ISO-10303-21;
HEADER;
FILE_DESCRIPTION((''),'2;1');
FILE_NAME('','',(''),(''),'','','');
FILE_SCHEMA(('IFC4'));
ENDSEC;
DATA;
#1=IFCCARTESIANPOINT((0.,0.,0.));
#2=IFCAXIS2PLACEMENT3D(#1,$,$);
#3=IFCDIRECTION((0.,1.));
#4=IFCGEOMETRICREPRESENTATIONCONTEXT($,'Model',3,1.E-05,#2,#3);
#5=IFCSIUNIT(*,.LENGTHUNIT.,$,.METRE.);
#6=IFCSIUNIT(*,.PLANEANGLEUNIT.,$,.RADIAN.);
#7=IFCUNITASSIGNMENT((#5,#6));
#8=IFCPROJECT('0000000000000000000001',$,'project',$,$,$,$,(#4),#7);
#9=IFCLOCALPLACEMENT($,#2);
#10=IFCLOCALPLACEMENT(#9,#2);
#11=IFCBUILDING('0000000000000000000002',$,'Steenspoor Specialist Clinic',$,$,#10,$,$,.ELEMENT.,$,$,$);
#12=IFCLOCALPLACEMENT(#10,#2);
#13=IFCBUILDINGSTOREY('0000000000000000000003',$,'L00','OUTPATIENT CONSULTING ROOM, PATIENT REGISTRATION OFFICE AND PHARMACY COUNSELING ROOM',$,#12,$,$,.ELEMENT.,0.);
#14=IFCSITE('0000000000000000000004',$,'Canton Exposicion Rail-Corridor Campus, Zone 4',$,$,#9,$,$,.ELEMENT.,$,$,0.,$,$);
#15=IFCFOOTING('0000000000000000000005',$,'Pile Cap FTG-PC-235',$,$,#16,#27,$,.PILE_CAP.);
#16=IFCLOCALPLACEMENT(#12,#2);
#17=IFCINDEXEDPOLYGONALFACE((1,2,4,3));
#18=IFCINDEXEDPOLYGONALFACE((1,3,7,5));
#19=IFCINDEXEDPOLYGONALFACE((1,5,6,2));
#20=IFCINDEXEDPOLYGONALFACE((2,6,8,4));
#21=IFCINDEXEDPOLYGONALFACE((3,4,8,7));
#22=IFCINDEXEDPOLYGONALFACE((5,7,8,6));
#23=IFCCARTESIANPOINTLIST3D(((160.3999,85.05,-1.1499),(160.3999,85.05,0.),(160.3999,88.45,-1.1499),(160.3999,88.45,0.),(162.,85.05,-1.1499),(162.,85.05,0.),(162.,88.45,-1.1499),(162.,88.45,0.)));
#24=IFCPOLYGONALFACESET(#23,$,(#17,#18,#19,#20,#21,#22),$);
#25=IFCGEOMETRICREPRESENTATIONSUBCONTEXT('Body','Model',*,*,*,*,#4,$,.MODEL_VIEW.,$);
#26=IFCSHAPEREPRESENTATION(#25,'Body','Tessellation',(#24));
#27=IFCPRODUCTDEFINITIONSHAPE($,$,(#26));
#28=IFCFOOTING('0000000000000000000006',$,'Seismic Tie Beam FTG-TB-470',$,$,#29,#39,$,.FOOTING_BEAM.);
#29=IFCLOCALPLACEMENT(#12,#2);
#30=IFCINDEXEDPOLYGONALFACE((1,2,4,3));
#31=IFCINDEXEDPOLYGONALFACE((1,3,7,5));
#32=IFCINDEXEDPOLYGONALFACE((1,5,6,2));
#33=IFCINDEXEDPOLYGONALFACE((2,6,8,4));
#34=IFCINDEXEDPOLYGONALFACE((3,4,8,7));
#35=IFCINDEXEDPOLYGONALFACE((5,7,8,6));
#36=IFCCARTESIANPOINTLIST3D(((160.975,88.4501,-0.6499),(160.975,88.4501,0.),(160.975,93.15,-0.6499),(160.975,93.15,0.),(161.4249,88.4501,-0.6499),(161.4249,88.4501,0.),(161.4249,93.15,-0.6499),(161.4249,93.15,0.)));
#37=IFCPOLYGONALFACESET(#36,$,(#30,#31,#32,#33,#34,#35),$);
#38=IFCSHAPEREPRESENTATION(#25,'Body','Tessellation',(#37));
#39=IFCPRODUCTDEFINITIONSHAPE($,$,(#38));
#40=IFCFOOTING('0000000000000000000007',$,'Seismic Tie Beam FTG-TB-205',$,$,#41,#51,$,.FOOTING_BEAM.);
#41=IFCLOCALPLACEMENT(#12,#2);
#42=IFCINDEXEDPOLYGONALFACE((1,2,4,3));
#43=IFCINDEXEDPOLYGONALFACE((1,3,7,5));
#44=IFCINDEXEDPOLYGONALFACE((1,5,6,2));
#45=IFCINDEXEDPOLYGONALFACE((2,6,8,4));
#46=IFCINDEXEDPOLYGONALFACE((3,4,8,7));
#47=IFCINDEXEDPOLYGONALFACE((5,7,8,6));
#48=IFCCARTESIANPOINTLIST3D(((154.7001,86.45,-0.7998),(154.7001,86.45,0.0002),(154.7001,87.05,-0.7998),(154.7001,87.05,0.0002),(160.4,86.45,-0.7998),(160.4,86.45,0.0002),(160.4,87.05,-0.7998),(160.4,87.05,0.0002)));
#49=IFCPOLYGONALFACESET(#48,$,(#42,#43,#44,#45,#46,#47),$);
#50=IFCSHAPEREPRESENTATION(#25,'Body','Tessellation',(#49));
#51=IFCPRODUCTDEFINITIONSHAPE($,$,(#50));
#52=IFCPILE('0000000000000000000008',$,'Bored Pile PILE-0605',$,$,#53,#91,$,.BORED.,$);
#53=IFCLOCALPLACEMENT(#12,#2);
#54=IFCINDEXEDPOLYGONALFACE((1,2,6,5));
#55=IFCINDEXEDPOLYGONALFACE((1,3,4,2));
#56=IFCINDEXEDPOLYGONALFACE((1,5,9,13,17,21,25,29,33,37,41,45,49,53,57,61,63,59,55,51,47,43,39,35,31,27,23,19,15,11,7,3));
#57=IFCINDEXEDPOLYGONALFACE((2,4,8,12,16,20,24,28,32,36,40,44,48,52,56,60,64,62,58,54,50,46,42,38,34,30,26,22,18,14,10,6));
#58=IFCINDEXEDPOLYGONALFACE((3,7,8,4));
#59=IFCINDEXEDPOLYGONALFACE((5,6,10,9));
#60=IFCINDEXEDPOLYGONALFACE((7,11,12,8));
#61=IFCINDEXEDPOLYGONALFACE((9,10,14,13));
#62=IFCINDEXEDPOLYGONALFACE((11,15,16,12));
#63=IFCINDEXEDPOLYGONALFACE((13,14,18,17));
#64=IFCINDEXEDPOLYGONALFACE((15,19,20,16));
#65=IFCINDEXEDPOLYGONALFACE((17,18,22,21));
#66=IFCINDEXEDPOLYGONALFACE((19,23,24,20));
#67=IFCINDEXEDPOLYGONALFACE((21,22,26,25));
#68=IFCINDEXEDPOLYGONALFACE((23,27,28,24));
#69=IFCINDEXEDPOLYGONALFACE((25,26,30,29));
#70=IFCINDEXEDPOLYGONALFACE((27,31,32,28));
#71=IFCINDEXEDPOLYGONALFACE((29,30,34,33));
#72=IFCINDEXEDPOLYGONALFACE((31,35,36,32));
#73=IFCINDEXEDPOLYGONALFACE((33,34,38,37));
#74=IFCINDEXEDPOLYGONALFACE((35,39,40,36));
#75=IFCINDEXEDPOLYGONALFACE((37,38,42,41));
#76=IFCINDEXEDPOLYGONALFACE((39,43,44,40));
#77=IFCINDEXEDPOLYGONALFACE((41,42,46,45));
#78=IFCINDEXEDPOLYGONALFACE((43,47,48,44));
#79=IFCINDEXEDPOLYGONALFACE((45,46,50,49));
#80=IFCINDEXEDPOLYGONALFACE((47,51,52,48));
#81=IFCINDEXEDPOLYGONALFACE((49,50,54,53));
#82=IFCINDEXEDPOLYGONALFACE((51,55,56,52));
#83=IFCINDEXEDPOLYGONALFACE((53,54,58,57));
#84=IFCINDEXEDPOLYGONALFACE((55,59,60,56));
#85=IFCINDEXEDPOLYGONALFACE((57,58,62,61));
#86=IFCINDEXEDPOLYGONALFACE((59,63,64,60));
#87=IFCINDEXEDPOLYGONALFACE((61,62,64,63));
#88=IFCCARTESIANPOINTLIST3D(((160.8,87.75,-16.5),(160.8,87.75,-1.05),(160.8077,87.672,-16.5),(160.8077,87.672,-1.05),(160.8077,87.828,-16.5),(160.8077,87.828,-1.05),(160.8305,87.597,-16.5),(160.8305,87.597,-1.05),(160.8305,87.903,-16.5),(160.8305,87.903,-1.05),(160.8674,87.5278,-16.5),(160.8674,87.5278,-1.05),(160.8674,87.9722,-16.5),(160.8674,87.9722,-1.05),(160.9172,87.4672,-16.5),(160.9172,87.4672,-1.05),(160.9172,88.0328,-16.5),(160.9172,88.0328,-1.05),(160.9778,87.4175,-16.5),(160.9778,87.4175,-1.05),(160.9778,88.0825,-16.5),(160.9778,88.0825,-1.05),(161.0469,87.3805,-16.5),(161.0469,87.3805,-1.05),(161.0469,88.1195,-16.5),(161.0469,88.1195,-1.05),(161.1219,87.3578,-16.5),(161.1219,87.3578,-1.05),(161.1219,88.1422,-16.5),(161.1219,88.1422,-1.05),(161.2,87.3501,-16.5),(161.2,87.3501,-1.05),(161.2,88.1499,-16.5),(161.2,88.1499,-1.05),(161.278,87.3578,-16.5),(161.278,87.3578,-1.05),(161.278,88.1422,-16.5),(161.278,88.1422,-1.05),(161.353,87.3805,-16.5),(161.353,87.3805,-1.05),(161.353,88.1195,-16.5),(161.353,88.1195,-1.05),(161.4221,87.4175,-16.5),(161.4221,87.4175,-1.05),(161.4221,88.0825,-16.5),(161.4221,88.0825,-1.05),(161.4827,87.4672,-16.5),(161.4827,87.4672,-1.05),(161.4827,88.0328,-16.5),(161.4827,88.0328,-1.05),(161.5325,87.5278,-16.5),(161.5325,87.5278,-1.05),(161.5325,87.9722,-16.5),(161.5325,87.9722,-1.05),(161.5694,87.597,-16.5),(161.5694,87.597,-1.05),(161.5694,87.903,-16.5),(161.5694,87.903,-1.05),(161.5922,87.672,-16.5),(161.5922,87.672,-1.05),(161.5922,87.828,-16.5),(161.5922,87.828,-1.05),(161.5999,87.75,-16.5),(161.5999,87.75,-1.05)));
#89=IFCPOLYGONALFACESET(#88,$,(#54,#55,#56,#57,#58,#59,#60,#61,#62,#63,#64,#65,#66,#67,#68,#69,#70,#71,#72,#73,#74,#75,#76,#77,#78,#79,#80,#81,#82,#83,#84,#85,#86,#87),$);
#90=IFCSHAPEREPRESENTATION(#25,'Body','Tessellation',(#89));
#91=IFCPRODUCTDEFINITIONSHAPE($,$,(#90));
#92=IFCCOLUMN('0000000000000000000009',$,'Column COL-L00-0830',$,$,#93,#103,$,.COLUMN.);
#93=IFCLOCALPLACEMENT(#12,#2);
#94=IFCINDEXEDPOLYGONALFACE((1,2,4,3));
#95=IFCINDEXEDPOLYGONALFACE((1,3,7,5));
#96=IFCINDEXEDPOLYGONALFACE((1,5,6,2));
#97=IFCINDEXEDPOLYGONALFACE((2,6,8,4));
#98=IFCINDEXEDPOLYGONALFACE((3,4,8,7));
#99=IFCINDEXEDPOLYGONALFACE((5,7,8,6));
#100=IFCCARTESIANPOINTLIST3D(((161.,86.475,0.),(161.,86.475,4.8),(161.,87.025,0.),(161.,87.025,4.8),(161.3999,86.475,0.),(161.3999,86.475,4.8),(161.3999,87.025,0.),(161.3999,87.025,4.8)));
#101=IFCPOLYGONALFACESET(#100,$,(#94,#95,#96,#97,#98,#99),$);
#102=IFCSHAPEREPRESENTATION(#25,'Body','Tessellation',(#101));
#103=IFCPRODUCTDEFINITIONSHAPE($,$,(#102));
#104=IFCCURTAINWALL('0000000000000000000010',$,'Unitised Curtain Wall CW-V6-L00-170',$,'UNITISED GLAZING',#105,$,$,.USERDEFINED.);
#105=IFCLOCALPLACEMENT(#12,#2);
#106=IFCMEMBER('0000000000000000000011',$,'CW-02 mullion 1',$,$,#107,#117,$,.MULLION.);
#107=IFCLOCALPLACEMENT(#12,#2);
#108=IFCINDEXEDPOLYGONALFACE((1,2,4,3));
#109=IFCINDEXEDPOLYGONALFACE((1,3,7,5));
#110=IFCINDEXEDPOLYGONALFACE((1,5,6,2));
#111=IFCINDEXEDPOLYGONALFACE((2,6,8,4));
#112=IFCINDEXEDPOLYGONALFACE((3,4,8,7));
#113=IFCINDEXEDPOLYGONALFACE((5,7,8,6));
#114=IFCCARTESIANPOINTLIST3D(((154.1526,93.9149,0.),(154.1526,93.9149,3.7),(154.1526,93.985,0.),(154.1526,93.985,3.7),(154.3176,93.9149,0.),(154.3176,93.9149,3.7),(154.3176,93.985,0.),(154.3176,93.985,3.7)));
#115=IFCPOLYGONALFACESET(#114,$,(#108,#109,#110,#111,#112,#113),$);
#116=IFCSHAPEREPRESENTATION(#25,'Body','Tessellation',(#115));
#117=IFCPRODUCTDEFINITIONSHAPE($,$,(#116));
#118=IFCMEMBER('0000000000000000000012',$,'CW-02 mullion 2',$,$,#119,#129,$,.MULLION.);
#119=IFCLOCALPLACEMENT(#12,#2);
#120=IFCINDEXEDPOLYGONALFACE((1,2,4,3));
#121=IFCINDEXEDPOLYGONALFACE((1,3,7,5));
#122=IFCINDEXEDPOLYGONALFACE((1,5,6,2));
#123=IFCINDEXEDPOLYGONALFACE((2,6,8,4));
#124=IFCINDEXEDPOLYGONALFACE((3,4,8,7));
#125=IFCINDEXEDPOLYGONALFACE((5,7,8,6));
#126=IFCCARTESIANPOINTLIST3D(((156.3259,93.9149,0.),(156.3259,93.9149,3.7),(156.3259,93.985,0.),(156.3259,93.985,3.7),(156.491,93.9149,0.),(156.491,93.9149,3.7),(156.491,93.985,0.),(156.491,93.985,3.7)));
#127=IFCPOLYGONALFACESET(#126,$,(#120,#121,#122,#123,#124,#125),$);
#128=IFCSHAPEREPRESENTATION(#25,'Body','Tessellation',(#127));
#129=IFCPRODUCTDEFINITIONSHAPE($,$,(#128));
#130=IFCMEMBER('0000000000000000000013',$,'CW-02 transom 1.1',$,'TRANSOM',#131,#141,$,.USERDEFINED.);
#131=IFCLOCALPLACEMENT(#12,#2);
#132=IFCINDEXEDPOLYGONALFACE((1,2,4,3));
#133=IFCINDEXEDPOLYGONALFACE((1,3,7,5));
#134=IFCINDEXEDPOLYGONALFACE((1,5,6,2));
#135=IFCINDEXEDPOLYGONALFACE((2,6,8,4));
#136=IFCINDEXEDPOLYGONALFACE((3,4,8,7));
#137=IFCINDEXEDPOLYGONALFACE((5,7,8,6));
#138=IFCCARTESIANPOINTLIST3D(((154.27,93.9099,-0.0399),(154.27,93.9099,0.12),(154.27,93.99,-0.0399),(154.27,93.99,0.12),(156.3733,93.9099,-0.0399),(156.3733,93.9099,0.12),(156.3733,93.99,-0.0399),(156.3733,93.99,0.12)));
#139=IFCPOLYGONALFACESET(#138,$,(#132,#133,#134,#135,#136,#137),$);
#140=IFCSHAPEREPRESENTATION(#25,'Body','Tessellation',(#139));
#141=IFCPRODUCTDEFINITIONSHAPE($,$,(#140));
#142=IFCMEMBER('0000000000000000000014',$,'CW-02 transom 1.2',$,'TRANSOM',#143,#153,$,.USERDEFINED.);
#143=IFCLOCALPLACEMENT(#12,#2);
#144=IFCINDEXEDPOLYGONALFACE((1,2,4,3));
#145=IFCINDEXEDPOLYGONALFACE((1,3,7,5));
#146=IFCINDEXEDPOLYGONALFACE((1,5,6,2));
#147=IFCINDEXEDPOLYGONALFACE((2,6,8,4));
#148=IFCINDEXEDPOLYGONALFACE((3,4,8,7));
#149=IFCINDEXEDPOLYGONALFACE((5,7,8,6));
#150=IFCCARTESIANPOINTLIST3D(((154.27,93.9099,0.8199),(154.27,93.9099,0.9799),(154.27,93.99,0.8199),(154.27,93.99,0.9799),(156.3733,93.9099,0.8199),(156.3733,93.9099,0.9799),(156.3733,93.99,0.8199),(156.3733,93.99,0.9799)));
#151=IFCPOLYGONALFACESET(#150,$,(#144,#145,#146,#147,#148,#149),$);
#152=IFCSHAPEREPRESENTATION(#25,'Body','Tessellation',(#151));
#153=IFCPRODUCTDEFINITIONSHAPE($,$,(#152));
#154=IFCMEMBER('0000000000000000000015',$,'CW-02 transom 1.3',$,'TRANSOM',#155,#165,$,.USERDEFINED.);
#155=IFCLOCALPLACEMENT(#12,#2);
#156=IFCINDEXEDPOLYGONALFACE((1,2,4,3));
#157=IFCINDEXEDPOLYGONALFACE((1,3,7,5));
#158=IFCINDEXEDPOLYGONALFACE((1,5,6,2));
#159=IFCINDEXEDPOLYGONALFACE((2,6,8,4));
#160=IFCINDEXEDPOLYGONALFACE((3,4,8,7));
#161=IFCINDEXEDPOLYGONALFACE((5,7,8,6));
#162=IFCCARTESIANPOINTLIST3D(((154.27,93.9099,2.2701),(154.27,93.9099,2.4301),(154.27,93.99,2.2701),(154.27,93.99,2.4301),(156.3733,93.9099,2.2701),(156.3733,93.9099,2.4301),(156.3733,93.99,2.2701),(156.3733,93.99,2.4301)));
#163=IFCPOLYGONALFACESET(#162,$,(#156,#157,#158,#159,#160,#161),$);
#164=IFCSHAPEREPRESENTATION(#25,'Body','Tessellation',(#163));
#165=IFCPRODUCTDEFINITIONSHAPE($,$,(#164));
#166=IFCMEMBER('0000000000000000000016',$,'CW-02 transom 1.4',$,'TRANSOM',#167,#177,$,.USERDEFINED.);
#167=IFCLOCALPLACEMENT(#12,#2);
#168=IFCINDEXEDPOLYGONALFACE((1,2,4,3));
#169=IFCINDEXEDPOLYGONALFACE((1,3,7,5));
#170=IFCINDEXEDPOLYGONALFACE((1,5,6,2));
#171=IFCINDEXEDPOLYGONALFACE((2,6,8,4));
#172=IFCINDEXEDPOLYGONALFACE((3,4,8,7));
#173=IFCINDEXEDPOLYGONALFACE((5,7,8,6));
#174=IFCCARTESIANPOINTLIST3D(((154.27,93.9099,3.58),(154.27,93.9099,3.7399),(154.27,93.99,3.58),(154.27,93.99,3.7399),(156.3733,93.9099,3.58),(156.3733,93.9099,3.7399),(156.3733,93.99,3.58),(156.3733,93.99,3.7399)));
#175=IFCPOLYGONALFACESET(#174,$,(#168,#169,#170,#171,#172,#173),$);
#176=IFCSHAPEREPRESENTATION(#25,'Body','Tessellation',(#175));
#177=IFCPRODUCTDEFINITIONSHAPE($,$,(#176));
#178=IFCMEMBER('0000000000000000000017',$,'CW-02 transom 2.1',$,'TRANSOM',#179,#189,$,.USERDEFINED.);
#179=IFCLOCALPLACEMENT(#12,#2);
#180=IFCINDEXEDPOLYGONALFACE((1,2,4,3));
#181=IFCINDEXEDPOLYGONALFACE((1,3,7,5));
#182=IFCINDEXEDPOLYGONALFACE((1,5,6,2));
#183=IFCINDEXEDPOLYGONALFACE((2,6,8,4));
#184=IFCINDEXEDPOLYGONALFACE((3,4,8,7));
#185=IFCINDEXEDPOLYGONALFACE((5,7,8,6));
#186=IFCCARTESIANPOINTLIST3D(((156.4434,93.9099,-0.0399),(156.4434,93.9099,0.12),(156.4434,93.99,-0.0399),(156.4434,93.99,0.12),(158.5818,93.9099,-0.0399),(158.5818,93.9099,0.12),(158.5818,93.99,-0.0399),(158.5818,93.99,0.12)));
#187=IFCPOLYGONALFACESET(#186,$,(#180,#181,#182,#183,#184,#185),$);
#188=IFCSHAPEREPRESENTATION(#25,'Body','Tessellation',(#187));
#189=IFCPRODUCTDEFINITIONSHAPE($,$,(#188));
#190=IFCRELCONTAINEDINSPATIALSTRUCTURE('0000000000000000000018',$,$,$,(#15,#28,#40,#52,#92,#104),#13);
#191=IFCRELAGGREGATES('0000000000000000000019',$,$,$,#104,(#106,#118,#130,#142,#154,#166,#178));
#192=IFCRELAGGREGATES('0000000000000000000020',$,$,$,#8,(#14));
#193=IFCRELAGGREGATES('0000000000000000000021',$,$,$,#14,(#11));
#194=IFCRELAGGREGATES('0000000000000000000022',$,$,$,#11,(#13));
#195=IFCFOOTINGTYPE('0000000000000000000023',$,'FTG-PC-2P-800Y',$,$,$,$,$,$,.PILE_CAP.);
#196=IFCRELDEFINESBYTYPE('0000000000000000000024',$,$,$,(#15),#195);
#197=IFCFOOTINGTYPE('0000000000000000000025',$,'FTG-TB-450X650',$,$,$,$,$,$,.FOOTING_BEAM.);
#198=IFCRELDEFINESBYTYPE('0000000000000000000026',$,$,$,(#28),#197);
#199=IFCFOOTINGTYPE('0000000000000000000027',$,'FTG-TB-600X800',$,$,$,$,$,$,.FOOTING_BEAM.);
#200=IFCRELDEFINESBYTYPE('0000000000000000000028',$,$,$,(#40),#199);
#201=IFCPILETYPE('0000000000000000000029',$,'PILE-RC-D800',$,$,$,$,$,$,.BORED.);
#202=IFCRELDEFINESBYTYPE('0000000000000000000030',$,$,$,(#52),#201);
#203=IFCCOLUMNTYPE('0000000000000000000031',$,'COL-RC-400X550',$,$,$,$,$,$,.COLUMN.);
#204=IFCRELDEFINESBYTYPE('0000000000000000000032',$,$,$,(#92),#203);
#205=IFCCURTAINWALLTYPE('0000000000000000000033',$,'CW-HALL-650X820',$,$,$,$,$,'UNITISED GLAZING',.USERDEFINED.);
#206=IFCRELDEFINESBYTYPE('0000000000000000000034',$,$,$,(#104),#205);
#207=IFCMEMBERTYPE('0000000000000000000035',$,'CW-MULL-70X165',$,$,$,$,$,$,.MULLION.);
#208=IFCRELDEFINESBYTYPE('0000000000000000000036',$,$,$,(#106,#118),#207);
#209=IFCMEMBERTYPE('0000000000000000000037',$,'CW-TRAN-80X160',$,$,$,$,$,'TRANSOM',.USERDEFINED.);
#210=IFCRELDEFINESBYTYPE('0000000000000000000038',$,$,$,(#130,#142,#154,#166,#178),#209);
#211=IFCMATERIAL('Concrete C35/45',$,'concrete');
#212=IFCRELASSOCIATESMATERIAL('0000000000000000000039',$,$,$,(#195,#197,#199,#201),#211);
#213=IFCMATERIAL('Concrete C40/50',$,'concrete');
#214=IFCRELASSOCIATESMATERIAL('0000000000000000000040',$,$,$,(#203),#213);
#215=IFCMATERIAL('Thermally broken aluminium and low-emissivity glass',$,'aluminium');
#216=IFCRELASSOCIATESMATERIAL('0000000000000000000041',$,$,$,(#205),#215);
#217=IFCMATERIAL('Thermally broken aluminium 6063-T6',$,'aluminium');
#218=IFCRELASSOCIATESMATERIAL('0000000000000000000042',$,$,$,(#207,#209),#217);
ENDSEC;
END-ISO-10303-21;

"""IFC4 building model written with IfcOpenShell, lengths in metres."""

from ifc_helpers import new_model, si_unit, direction, frame, origin, origin_2d, place, context, subcontext, project, spatial, rectangle, circle, extrude, material, material_profile, profile_set, type_object, element, aggregate, save


model = new_model("IFC4")

# Units and contexts
model_context = context("Model", 3, precision=1e-05, world=origin(), true_north=direction((0.0, 1.0)))
body_context = subcontext(model_context, "Body", "Model", "MODEL_VIEW")
ifc_project = project(units=[si_unit("LENGTHUNIT", "METRE"), si_unit("PLANEANGLEUNIT", "RADIAN")], contexts=[model_context])

# Site, building, storey
site_placement = place(None, origin())
site = spatial("IfcSite", under=ifc_project, at=site_placement, Name="Canton Exposicion Rail-Corridor Campus, Zone 4", CompositionType="ELEMENT", RefElevation=0.0)
building_placement = place(site_placement, origin())
building = spatial("IfcBuilding", under=site, at=building_placement, Name="Steenspoor Specialist Clinic", CompositionType="ELEMENT")
storey_placement = place(building_placement, origin())
storey = spatial("IfcBuildingStorey", under=building, at=storey_placement, Name="L00", Description="OUTPATIENT CONSULTING ROOM, PATIENT REGISTRATION OFFICE AND PHARMACY COUNSELING ROOM", CompositionType="ELEMENT", Elevation=0.0)

# Footings
ifc_material_1 = material(Name="Concrete C35/45", Category="concrete")
footing_type_1 = type_object("IfcFootingType", Name="FTG-PC-2P-800Y", PredefinedType="PILE_CAP", material=ifc_material_1)
footing_1_placement = place(storey_placement, frame((161.2, 86.75, -1.1499), z_axis=(0.0, 0.0, 1.0), x_axis=(1.0, 0.0, 0.0)))
element("IfcFooting", 1, at=footing_1_placement, inside=storey, type_object=footing_type_1, Name="Pile Cap FTG-PC-235", PredefinedType="PILE_CAP", context=body_context, shape_type="SweptSolid", body=[
    extrude(rectangle(XDim=1.6001, YDim=3.3999, at=origin_2d()), origin(), (0.0, 0.0, 1.0), 1.1499),
])
footing_type_2 = type_object("IfcFootingType", Name="FTG-TB-450X650", PredefinedType="FOOTING_BEAM", material=ifc_material_1)
footing_2_placement = place(storey_placement, frame((161.2, 90.8, -0.6499), z_axis=(0.0, 0.0, 1.0), x_axis=(1.0, 0.0, 0.0)))
element("IfcFooting", 2, at=footing_2_placement, inside=storey, type_object=footing_type_2, Name="Seismic Tie Beam FTG-TB-470", PredefinedType="FOOTING_BEAM", context=body_context, shape_type="SweptSolid", body=[
    extrude(rectangle(XDim=0.45, YDim=4.7, at=origin_2d()), origin(), (0.0, 0.0, 1.0), 0.6499),
])
footing_type_3 = type_object("IfcFootingType", Name="FTG-TB-600X800", PredefinedType="FOOTING_BEAM", material=ifc_material_1)
footing_3_placement = place(storey_placement, frame((157.55, 86.75, -0.7998), z_axis=(0.0, 0.0, 1.0), x_axis=(1.0, 0.0, 0.0)))
element("IfcFooting", 3, at=footing_3_placement, inside=storey, type_object=footing_type_3, Name="Seismic Tie Beam FTG-TB-205", PredefinedType="FOOTING_BEAM", context=body_context, shape_type="SweptSolid", body=[
    extrude(rectangle(XDim=5.7, YDim=0.6001, at=origin_2d()), origin(), (0.0, 0.0, 1.0), 0.8),
])

# Pile
ifc_material_profile_1 = material_profile(ifc_material_1, circle(Radius=0.3999, at=origin_2d()), Name="PILE-D800")
ifc_profile_set_1 = profile_set([ifc_material_profile_1], Name="Concrete C35/45")
pile_type = type_object("IfcPileType", Name="PILE-RC-D800", PredefinedType="BORED", material=ifc_profile_set_1)
pile_placement = place(storey_placement, frame((161.2, 87.75, -1.05), z_axis=(0.0, 0.0, -1.0), x_axis=(1.0, 0.0, 0.0)))
element("IfcPile", 4, at=pile_placement, inside=storey, type_object=pile_type, Name="Bored Pile PILE-0605", PredefinedType="BORED", context=body_context, shape_type="SweptSolid", body=[
    extrude(circle(Radius=0.3999, at=origin_2d()), origin(), (0.0, 0.0, 1.0), 15.45),
])

# Column
ifc_material_2 = material(Name="Concrete C40/50", Category="concrete")
ifc_material_profile_2 = material_profile(ifc_material_2, rectangle(XDim=0.3999, YDim=0.55, at=origin_2d()), Name="RC-COL-400X550")
ifc_profile_set_2 = profile_set([ifc_material_profile_2], Name="Concrete C40/50")
column_type = type_object("IfcColumnType", Name="COL-RC-400X550", PredefinedType="COLUMN", material=ifc_profile_set_2)
column_placement = place(storey_placement, frame((161.2, 86.75, 0.0), z_axis=(0.0, 0.0, 1.0), x_axis=(1.0, 0.0, 0.0)))
element("IfcColumn", 5, at=column_placement, inside=storey, type_object=column_type, Name="Column COL-L00-0830", PredefinedType="COLUMN", context=body_context, shape_type="SweptSolid", body=[
    extrude(rectangle(XDim=0.3999, YDim=0.55, at=origin_2d()), origin(), (0.0, 0.0, 1.0), 4.8),
])

# Curtain wall, members
ifc_material_3 = material(Name="Thermally broken aluminium and low-emissivity glass", Category="aluminium")
curtain_wall_type = type_object("IfcCurtainWallType", Name="CW-HALL-650X820", ElementType="UNITISED GLAZING", PredefinedType="USERDEFINED", material=ifc_material_3)
curtain_wall_placement = place(storey_placement, origin())
curtain_wall = element("IfcCurtainWall", 6, at=curtain_wall_placement, inside=storey, type_object=curtain_wall_type, Name="Unitised Curtain Wall CW-V6-L00-170", ObjectType="UNITISED GLAZING", PredefinedType="USERDEFINED")
ifc_material_4 = material(Name="Thermally broken aluminium 6063-T6", Category="aluminium")
ifc_material_profile_3 = material_profile(ifc_material_4, rectangle(XDim=0.0701, YDim=0.165, at=origin_2d()), Name="CWM-70X165")
ifc_profile_set_3 = profile_set([ifc_material_profile_3], Name="Thermally broken aluminium 6063-T6")
member_type_1 = type_object("IfcMemberType", Name="CW-MULL-70X165", PredefinedType="MULLION", material=ifc_profile_set_3)
member_1_placement = place(storey_placement, frame((154.2351, 93.95, 0.0), z_axis=(0.0, 0.0, 1.0), x_axis=(0.0, 1.0, 0.0)))
member_1 = element("IfcMember", 7, at=member_1_placement, type_object=member_type_1, Name="CW-02 mullion 1", PredefinedType="MULLION", context=body_context, shape_type="SweptSolid", body=[
    extrude(rectangle(XDim=0.0701, YDim=0.165, at=origin_2d()), origin(), (0.0, 0.0, 1.0), 3.7),
])
member_2_placement = place(storey_placement, frame((156.4084, 93.95, 0.0), z_axis=(0.0, 0.0, 1.0), x_axis=(0.0, 1.0, 0.0)))
member_2 = element("IfcMember", 8, at=member_2_placement, type_object=member_type_1, Name="CW-02 mullion 2", PredefinedType="MULLION", context=body_context, shape_type="SweptSolid", body=[
    extrude(rectangle(XDim=0.0701, YDim=0.165, at=origin_2d()), origin(), (0.0, 0.0, 1.0), 3.7),
])
ifc_material_profile_4 = material_profile(ifc_material_4, rectangle(XDim=0.0801, YDim=0.1599, at=origin_2d()), Name="CWT-80X160")
ifc_profile_set_4 = profile_set([ifc_material_profile_4], Name="Thermally broken aluminium 6063-T6")
member_type_2 = type_object("IfcMemberType", Name="CW-TRAN-80X160", ElementType="TRANSOM", PredefinedType="USERDEFINED", material=ifc_profile_set_4)
member_3_placement = place(storey_placement, frame((154.27, 93.95, 0.04), z_axis=(1.0, 0.0, 0.0), x_axis=(0.0, 1.0, 0.0)))
member_3 = element("IfcMember", 9, at=member_3_placement, type_object=member_type_2, Name="CW-02 transom 1.1", ObjectType="TRANSOM", PredefinedType="USERDEFINED", context=body_context, shape_type="SweptSolid", body=[
    extrude(rectangle(XDim=0.0801, YDim=0.1599, at=origin_2d()), origin(), (0.0, 0.0, 1.0), 2.1033),
])
member_4_placement = place(storey_placement, frame((154.27, 93.95, 0.8999), z_axis=(1.0, 0.0, 0.0), x_axis=(0.0, 1.0, 0.0)))
member_4 = element("IfcMember", 10, at=member_4_placement, type_object=member_type_2, Name="CW-02 transom 1.2", ObjectType="TRANSOM", PredefinedType="USERDEFINED", context=body_context, shape_type="SweptSolid", body=[
    extrude(rectangle(XDim=0.0801, YDim=0.1599, at=origin_2d()), origin(), (0.0, 0.0, 1.0), 2.1033),
])
member_5_placement = place(storey_placement, frame((154.27, 93.95, 2.3501), z_axis=(1.0, 0.0, 0.0), x_axis=(0.0, 1.0, 0.0)))
member_5 = element("IfcMember", 11, at=member_5_placement, type_object=member_type_2, Name="CW-02 transom 1.3", ObjectType="TRANSOM", PredefinedType="USERDEFINED", context=body_context, shape_type="SweptSolid", body=[
    extrude(rectangle(XDim=0.0801, YDim=0.1599, at=origin_2d()), origin(), (0.0, 0.0, 1.0), 2.1033),
])
member_6_placement = place(storey_placement, frame((154.27, 93.95, 3.6599), z_axis=(1.0, 0.0, 0.0), x_axis=(0.0, 1.0, 0.0)))
member_6 = element("IfcMember", 12, at=member_6_placement, type_object=member_type_2, Name="CW-02 transom 1.4", ObjectType="TRANSOM", PredefinedType="USERDEFINED", context=body_context, shape_type="SweptSolid", body=[
    extrude(rectangle(XDim=0.0801, YDim=0.1599, at=origin_2d()), origin(), (0.0, 0.0, 1.0), 2.1033),
])
member_7_placement = place(storey_placement, frame((156.4434, 93.95, 0.04), z_axis=(1.0, 0.0, 0.0), x_axis=(0.0, 1.0, 0.0)))
member_7 = element("IfcMember", 13, at=member_7_placement, type_object=member_type_2, Name="CW-02 transom 2.1", ObjectType="TRANSOM", PredefinedType="USERDEFINED", context=body_context, shape_type="SweptSolid", body=[
    extrude(rectangle(XDim=0.0801, YDim=0.1599, at=origin_2d()), origin(), (0.0, 0.0, 1.0), 2.1384),
])

aggregate(curtain_wall, [member_1, member_2, member_3, member_4, member_5, member_6, member_7])

save(model, "model.ifc")
